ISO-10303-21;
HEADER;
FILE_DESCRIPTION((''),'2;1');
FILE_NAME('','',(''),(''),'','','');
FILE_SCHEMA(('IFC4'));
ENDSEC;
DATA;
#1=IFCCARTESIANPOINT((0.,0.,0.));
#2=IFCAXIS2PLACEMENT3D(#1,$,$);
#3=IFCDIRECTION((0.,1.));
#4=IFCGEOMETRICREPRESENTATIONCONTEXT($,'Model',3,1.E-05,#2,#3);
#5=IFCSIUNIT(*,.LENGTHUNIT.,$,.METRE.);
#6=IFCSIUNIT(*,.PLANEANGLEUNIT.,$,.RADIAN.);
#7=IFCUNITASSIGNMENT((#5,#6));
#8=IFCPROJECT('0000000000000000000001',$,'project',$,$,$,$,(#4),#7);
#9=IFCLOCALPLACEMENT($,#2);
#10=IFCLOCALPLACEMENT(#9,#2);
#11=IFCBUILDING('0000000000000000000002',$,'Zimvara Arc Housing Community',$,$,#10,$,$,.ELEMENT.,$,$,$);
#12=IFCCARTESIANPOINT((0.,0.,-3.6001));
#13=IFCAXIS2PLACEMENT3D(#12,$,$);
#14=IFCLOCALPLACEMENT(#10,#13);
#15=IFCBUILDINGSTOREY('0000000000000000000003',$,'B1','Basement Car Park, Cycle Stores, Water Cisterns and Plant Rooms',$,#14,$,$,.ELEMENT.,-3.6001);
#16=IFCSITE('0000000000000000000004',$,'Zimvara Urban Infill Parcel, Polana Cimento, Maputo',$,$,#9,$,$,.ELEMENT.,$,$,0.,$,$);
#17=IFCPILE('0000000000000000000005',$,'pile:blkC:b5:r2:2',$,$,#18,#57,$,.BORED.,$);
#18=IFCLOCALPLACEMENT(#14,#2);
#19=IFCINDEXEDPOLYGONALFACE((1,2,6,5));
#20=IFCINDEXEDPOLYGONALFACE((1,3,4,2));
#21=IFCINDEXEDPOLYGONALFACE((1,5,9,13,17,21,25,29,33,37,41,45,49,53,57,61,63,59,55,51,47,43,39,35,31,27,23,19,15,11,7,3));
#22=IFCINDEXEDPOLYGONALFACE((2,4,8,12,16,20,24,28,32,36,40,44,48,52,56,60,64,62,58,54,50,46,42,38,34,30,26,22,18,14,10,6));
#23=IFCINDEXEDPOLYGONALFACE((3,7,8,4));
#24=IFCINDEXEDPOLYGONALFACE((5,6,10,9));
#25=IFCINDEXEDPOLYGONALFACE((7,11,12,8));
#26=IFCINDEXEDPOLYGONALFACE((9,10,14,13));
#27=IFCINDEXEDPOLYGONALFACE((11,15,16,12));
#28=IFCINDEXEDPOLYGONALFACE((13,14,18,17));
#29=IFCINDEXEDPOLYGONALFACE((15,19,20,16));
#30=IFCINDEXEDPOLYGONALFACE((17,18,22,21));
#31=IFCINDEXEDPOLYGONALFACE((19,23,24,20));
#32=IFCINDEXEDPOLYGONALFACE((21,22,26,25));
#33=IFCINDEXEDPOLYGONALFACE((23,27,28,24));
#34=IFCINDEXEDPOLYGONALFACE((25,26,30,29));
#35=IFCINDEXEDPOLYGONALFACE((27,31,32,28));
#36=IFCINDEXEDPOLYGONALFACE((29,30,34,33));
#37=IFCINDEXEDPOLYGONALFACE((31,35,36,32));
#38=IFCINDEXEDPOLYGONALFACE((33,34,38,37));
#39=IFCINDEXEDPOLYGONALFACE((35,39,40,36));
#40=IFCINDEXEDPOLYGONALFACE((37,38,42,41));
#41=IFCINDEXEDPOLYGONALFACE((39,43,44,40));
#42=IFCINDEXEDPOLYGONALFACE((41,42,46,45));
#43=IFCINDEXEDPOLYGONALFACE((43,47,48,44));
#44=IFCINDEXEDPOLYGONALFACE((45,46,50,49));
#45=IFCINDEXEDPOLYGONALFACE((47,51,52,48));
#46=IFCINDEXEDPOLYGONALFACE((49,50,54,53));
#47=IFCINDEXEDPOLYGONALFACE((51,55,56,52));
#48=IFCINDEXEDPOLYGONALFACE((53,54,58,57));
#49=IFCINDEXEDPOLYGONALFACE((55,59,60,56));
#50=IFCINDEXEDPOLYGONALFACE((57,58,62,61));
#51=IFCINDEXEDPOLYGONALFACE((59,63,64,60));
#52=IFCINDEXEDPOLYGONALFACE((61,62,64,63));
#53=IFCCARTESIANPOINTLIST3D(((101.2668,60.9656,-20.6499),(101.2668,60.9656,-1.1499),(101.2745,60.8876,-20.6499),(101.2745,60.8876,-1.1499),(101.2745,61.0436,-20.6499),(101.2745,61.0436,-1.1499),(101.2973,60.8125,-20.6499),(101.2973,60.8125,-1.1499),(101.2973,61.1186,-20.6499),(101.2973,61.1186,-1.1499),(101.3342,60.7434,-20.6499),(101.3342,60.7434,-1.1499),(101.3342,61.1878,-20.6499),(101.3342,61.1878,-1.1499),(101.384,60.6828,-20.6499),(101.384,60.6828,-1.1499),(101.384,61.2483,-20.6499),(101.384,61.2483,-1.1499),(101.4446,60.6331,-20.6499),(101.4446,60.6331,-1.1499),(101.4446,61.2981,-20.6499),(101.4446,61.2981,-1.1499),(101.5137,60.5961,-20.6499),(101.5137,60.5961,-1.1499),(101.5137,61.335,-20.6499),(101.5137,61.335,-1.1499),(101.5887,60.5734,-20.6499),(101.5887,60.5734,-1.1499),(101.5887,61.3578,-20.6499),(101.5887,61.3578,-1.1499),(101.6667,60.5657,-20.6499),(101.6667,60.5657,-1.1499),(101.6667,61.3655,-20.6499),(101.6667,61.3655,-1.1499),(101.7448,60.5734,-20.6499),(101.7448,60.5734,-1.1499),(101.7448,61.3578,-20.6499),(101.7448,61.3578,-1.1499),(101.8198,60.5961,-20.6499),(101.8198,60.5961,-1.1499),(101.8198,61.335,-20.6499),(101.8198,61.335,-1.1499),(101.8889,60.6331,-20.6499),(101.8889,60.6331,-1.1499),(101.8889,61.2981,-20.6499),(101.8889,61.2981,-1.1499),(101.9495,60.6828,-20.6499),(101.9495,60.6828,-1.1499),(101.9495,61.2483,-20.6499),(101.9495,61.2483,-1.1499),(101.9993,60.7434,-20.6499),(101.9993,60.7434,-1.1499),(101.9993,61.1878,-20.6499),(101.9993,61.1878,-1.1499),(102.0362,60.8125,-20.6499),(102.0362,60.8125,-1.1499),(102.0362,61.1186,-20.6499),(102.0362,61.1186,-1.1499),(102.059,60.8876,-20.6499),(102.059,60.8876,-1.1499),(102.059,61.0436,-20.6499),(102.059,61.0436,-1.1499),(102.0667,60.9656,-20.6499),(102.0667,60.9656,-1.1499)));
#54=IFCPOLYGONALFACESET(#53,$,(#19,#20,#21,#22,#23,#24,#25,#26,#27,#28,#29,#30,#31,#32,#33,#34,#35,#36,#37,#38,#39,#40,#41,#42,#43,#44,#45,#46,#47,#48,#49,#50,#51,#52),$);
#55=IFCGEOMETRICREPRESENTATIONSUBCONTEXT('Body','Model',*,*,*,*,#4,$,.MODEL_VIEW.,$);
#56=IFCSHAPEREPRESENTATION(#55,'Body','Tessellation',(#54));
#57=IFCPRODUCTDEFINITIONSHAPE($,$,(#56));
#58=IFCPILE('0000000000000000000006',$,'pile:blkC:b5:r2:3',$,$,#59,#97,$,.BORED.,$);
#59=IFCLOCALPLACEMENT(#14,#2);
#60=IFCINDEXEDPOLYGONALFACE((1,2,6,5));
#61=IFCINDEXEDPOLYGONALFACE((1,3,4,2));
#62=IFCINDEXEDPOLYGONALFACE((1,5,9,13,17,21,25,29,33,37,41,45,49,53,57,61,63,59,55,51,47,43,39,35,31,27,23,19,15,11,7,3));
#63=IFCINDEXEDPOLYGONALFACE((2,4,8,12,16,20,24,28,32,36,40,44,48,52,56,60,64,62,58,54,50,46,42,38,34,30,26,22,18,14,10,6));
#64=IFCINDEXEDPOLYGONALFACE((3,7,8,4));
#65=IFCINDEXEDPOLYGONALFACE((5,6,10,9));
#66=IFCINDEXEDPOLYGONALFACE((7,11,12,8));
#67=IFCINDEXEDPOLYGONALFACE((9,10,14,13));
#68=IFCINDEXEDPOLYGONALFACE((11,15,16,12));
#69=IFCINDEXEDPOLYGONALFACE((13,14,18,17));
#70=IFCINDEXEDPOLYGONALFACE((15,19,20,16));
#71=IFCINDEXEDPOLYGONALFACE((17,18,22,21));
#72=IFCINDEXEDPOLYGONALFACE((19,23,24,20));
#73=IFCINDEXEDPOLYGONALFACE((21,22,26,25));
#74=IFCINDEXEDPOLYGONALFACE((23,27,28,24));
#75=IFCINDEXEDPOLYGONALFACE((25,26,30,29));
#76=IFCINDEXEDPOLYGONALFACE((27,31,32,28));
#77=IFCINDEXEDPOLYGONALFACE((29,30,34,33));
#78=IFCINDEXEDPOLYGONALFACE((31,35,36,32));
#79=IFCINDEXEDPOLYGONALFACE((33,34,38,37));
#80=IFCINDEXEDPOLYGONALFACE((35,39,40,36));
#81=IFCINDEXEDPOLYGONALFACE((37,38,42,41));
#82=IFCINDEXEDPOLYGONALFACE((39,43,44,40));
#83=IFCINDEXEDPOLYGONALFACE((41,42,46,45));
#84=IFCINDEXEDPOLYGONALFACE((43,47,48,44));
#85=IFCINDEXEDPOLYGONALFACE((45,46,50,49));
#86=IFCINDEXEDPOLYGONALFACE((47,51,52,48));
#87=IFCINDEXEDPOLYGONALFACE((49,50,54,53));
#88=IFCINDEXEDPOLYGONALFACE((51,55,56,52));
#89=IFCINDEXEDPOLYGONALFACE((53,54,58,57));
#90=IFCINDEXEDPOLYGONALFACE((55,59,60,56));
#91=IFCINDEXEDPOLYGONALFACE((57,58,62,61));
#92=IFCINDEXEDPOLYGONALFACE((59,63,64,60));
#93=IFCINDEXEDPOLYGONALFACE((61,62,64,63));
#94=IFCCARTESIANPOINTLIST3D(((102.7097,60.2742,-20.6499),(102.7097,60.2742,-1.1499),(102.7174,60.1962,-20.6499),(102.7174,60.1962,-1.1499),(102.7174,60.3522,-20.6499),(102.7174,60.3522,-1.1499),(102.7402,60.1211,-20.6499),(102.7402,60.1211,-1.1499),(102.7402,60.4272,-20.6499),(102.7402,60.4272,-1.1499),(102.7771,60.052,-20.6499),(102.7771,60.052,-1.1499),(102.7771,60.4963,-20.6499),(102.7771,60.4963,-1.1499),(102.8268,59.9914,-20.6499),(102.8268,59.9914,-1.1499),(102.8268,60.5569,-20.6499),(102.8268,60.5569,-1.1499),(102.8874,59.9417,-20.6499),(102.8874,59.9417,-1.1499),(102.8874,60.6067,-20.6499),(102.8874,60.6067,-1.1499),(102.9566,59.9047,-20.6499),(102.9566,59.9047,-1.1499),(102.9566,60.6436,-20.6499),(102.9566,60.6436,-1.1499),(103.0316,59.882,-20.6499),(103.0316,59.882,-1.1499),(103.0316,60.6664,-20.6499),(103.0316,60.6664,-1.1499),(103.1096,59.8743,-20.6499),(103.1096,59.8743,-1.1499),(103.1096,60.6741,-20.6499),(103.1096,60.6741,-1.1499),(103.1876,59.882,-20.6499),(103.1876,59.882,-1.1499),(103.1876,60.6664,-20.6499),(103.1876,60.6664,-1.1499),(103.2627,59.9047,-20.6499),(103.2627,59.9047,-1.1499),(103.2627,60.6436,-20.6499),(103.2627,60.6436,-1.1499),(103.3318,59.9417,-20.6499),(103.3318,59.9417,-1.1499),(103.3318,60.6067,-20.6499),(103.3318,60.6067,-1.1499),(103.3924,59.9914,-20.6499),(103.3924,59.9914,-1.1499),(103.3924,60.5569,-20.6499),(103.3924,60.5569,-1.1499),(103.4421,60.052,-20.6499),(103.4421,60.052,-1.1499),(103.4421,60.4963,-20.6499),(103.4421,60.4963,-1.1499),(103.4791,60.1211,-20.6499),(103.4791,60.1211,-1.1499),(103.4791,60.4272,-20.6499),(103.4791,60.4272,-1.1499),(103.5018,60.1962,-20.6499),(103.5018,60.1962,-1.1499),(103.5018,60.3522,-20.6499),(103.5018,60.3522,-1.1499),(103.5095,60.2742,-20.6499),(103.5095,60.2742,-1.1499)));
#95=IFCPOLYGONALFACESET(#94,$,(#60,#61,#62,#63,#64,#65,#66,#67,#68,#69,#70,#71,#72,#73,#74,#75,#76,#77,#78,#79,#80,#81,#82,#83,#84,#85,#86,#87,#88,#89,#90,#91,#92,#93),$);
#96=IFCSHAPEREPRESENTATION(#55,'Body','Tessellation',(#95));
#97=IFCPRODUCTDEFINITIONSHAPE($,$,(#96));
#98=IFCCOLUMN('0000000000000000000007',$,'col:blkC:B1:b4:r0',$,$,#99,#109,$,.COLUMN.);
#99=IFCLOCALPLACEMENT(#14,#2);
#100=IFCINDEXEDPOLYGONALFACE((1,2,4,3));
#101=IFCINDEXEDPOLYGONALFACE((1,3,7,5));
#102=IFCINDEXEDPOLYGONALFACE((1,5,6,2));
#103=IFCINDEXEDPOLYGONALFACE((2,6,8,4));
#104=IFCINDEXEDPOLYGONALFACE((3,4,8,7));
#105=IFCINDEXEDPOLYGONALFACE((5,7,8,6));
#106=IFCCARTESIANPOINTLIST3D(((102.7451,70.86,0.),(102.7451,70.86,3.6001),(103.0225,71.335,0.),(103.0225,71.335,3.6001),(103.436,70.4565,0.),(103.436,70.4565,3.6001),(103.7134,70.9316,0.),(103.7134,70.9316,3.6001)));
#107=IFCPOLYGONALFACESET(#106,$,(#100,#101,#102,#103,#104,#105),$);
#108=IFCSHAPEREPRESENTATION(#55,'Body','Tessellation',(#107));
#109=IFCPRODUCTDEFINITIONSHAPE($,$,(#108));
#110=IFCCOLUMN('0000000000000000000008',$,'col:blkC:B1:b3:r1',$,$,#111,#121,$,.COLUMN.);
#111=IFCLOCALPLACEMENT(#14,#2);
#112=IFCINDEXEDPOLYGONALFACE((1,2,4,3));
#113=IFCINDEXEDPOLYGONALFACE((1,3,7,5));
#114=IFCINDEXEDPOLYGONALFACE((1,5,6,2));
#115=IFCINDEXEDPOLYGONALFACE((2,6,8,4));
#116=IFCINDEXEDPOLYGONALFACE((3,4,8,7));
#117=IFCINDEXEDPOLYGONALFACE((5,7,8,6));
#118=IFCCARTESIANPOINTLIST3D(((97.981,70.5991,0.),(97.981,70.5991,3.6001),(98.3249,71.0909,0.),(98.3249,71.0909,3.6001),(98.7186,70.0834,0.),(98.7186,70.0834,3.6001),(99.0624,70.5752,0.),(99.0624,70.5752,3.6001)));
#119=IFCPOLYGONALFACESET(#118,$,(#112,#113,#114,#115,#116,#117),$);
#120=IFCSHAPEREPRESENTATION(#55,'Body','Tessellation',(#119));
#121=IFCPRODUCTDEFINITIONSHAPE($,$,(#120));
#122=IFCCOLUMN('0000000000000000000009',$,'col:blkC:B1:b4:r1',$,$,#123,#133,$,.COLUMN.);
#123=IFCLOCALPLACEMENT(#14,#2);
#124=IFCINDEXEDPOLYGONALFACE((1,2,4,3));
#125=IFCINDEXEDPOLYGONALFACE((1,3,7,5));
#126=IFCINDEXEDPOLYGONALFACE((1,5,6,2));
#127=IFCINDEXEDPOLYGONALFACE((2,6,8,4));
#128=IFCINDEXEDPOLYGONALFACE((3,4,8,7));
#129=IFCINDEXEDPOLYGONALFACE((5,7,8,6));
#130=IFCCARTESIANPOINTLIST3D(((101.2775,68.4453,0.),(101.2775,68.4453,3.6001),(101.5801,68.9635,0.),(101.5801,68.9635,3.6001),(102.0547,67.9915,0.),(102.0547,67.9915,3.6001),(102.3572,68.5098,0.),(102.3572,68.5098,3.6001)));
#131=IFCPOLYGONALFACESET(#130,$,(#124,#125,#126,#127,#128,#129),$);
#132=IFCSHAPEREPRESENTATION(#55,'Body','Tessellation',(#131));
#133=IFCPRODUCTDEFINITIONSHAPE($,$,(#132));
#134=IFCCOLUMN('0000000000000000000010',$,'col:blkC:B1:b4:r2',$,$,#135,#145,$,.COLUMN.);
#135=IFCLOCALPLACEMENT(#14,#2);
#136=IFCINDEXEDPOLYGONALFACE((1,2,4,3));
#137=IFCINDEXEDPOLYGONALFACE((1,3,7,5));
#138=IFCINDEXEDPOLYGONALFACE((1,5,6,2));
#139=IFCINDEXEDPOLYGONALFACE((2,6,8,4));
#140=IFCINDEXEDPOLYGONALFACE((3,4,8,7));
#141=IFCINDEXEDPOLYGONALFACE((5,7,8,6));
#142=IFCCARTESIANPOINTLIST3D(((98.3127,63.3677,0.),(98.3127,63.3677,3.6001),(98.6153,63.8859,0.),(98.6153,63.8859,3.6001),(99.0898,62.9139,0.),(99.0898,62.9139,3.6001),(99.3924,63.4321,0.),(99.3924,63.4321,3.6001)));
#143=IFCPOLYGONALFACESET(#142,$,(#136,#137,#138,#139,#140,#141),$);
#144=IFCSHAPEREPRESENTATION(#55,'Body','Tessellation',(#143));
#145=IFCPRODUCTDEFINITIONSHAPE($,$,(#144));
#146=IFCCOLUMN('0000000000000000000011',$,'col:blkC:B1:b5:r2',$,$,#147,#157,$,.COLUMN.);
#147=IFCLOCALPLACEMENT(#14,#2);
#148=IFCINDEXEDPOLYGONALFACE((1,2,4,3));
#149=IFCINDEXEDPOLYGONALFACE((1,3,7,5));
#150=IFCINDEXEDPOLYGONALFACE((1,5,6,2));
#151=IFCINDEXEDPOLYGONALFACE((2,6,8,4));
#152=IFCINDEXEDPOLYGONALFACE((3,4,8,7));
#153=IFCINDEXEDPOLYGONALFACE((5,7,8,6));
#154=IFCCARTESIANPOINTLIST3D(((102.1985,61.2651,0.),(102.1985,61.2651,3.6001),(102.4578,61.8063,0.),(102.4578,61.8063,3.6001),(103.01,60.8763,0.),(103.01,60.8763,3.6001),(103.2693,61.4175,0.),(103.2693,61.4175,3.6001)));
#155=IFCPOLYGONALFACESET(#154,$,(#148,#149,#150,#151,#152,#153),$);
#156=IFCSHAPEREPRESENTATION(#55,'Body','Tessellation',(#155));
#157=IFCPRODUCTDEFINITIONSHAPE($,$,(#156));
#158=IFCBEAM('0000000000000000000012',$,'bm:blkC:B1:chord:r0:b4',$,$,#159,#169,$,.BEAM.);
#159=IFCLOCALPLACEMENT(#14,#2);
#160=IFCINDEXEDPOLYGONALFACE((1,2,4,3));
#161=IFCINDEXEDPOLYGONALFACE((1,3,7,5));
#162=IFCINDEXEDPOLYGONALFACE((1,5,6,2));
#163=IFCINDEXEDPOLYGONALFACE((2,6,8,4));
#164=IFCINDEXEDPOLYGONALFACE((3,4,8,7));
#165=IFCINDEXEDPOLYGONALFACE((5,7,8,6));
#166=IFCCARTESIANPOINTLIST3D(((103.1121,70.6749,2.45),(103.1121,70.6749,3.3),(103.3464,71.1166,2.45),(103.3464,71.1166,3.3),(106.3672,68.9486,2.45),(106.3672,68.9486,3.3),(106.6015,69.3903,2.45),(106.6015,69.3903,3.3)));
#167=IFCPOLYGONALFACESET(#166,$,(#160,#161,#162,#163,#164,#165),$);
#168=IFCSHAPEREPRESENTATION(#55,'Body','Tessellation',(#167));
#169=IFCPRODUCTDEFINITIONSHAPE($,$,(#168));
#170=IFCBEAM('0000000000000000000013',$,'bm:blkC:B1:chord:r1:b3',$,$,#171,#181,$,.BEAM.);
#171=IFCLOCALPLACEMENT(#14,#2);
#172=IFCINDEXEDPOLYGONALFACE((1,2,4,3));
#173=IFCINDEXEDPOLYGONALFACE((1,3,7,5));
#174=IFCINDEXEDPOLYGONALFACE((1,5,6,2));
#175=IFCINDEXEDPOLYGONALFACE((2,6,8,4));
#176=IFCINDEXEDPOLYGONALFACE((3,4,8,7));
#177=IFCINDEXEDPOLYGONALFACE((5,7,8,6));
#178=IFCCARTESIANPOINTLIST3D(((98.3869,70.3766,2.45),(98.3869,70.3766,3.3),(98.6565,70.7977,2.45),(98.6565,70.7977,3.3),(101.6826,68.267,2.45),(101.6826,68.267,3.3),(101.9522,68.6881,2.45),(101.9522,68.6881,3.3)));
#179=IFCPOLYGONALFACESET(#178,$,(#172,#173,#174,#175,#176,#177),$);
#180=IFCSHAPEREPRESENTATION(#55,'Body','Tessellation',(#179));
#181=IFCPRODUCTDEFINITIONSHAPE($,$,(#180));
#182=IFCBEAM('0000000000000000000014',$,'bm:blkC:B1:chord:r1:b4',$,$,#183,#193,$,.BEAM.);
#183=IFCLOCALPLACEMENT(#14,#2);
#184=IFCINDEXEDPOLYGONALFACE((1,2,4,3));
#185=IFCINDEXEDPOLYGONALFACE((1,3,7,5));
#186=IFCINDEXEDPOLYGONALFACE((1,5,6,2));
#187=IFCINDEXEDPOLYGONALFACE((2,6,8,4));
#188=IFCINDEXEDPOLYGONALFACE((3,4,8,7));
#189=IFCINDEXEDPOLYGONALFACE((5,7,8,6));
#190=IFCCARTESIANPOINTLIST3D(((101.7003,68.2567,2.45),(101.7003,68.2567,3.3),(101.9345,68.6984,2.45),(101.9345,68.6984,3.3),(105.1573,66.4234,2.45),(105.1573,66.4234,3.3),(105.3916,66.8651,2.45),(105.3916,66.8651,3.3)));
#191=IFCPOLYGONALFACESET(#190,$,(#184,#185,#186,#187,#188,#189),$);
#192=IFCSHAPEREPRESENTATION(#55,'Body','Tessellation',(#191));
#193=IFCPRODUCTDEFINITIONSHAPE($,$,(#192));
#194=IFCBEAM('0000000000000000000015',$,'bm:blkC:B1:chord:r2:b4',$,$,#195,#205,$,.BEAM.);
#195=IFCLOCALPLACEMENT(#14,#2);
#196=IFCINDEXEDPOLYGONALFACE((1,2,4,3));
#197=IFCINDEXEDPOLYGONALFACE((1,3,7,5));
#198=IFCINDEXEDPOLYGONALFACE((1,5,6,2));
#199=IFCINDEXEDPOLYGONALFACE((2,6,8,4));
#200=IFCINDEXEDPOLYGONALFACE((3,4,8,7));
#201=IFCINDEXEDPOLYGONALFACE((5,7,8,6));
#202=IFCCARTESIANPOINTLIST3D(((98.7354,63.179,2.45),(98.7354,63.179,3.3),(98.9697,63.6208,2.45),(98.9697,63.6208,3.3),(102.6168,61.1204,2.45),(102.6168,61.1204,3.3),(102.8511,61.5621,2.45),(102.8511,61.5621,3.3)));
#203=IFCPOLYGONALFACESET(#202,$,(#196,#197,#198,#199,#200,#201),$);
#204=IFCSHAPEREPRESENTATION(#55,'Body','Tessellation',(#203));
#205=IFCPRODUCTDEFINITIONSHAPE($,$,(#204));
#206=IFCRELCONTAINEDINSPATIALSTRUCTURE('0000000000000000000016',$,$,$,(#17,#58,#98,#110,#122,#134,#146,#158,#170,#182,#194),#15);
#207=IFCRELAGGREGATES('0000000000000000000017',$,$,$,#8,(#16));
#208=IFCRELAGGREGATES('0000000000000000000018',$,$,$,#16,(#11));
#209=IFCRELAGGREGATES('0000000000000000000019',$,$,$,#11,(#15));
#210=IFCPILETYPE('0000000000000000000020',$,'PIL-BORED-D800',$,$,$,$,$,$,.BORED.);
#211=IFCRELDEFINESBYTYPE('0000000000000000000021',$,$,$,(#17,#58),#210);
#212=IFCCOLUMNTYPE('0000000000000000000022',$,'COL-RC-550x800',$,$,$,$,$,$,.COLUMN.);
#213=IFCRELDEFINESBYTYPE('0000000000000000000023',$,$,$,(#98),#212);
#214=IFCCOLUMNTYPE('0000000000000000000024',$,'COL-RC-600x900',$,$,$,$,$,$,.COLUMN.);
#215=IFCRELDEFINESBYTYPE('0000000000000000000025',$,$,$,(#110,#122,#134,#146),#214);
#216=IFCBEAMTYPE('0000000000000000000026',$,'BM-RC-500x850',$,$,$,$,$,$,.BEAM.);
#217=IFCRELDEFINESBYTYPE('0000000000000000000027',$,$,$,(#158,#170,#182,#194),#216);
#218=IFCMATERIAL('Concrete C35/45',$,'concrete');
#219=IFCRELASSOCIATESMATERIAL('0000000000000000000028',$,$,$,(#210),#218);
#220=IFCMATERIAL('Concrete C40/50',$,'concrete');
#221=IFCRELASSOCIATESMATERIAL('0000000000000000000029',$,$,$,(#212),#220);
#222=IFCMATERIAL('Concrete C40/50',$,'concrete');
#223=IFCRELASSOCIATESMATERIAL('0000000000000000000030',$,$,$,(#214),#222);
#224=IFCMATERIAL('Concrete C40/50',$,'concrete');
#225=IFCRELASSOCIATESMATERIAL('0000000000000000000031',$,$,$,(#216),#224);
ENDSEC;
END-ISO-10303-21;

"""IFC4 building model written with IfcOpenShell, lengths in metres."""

from ifc_helpers import new_model, si_unit, direction, frame, origin, origin_2d, place, context, subcontext, project, spatial, rectangle, circle, extrude, material, material_profile, profile_set, type_object, element, save


model = new_model("IFC4")

# Units and contexts
model_context = context("Model", 3, precision=1e-05, world=origin(), true_north=direction((0.0, 1.0)))
body_context = subcontext(model_context, "Body", "Model", "MODEL_VIEW")
ifc_project = project(units=[si_unit("LENGTHUNIT", "METRE"), si_unit("PLANEANGLEUNIT", "RADIAN")], contexts=[model_context])

# Site, building, storey
site_placement = place(None, origin())
site = spatial("IfcSite", under=ifc_project, at=site_placement, Name="Zimvara Urban Infill Parcel, Polana Cimento, Maputo", CompositionType="ELEMENT", RefElevation=0.0)
building_placement = place(site_placement, origin())
building = spatial("IfcBuilding", under=site, at=building_placement, Name="Zimvara Arc Housing Community", CompositionType="ELEMENT")
storey_placement = place(building_placement, frame((0.0, 0.0, -3.6001)))
storey = spatial("IfcBuildingStorey", under=building, at=storey_placement, Name="B1", Description="Basement Car Park, Cycle Stores, Water Cisterns and Plant Rooms", CompositionType="ELEMENT", Elevation=-3.6001)

# Piles
ifc_material_1 = material(Name="Concrete C35/45", Category="concrete")
ifc_material_profile_1 = material_profile(ifc_material_1, circle(Radius=0.3999, at=origin_2d()), Name="PILE D800")
ifc_profile_set_1 = profile_set([ifc_material_profile_1], Name="Concrete C35/45")
pile_type_1 = type_object("IfcPileType", Name="PIL-BORED-D800", PredefinedType="BORED", material=ifc_profile_set_1)
for number, where, z_axis, x_axis, name in (
    (1, (101.6667, 60.9656, -1.1499), (0.0, 0.0, -1.0), (1.0, 0.0, 0.0), "pile:blkC:b5:r2:2"),
    (2, (103.1096, 60.2742, -1.1499), (0.0, 0.0, -1.0), (1.0, 0.0, 0.0), "pile:blkC:b5:r2:3"),
):
    element("IfcPile", number, at=place(storey_placement, frame(where, z_axis=z_axis, x_axis=x_axis)), inside=storey, type_object=pile_type_1, Name=name, PredefinedType="BORED", context=body_context, shape_type="SweptSolid", body=[
        extrude(circle(Radius=0.3999, at=origin_2d()), origin(), (0.0, 0.0, 1.0), 19.5),
    ])

# Columns
ifc_material_2 = material(Name="Concrete C40/50", Category="concrete")
ifc_material_profile_2 = material_profile(ifc_material_2, rectangle(XDim=0.55, YDim=0.8, at=origin_2d()), Name="RC 550x800")
ifc_profile_set_2 = profile_set([ifc_material_profile_2], Name="Concrete C40/50")
column_type_1 = type_object("IfcColumnType", Name="COL-RC-550x800", PredefinedType="COLUMN", material=ifc_profile_set_2)
column_placement = place(storey_placement, frame((103.2292, 70.8958, 0.0), z_axis=(0.0, 0.0, 1.0), x_axis=(-0.504226, -0.863572, 0.0)))
element("IfcColumn", 3, at=column_placement, inside=storey, type_object=column_type_1, Name="col:blkC:B1:b4:r0", PredefinedType="COLUMN", context=body_context, shape_type="SweptSolid", body=[
    extrude(rectangle(XDim=0.55, YDim=0.8, at=origin_2d()), origin(), (0.0, 0.0, 1.0), 3.6001),
])
ifc_material_3 = material(Name="Concrete C40/50", Category="concrete")
ifc_material_profile_3 = material_profile(ifc_material_3, rectangle(XDim=0.6001, YDim=0.8999, at=origin_2d()), Name="RC 600x900")
ifc_profile_set_3 = profile_set([ifc_material_profile_3], Name="Concrete C40/50")
column_type_2 = type_object("IfcColumnType", Name="COL-RC-600x900", PredefinedType="COLUMN", material=ifc_profile_set_3)
for number, where, z_axis, x_axis, name in (
    (4, (98.5217, 70.5872, 0.0), (0.0, 0.0, 1.0), (-0.573004, -0.819552, 0.0), "col:blkC:B1:b3:r1"),
    (5, (101.8174, 68.4775, 0.0), (0.0, 0.0, 1.0), (-0.504226, -0.863572, 0.0), "col:blkC:B1:b4:r1"),
    (6, (98.8525, 63.3999, 0.0), (0.0, 0.0, 1.0), (-0.504226, -0.863572, 0.0), "col:blkC:B1:b4:r2"),
    (7, (102.7339, 61.3413, 0.0), (0.0, 0.0, 1.0), (-0.432086, -0.901833, 0.0), "col:blkC:B1:b5:r2"),
):
    element("IfcColumn", number, at=place(storey_placement, frame(where, z_axis=z_axis, x_axis=x_axis)), inside=storey, type_object=column_type_2, Name=name, PredefinedType="COLUMN", context=body_context, shape_type="SweptSolid", body=[
        extrude(rectangle(XDim=0.6001, YDim=0.8999, at=origin_2d()), origin(), (0.0, 0.0, 1.0), 3.6001),
    ])

# Beams
ifc_material_4 = material(Name="Concrete C40/50", Category="concrete")
ifc_material_profile_4 = material_profile(ifc_material_4, rectangle(XDim=0.5, YDim=0.8501, at=origin_2d()), Name="RC 500x850")
ifc_profile_set_4 = profile_set([ifc_material_profile_4], Name="Concrete C40/50")
beam_type = type_object("IfcBeamType", Name="BM-RC-500x850", PredefinedType="BEAM", material=ifc_profile_set_4)
beam_1_placement = place(storey_placement, frame((103.2292, 70.8958, 2.875), z_axis=(0.883449, -0.468527, 0.0), x_axis=(0.468527, 0.883449, 0.0)))
element("IfcBeam", 8, at=beam_1_placement, inside=storey, type_object=beam_type, Name="bm:blkC:B1:chord:r0:b4", PredefinedType="BEAM", context=body_context, shape_type="SweptSolid", body=[
    extrude(rectangle(XDim=0.5, YDim=0.8501, at=origin_2d()), origin(), (0.0, 0.0, 1.0), 3.6846),
])
for number, where, z_axis, x_axis, name in (
    (9, (98.5217, 70.5872, 2.875), (0.842225, -0.539126, 0.0), (0.539126, 0.842225, 0.0), "bm:blkC:B1:chord:r1:b3"),
    (10, (101.8174, 68.4775, 2.875), (0.883464, -0.468498, 0.0), (0.468498, 0.883464, 0.0), "bm:blkC:B1:chord:r1:b4"),
):
    element("IfcBeam", number, at=place(storey_placement, frame(where, z_axis=z_axis, x_axis=x_axis)), inside=storey, type_object=beam_type, Name=name, PredefinedType="BEAM", context=body_context, shape_type="SweptSolid", body=[
        extrude(rectangle(XDim=0.5, YDim=0.8501, at=origin_2d()), origin(), (0.0, 0.0, 1.0), 3.9131),
    ])
beam_2_placement = place(storey_placement, frame((98.8525, 63.3999, 2.875), z_axis=(0.883434, -0.468557, 0.0), x_axis=(0.468557, 0.883434, 0.0)))
element("IfcBeam", 11, at=beam_2_placement, inside=storey, type_object=beam_type, Name="bm:blkC:B1:chord:r2:b4", PredefinedType="BEAM", context=body_context, shape_type="SweptSolid", body=[
    extrude(rectangle(XDim=0.5, YDim=0.8501, at=origin_2d()), origin(), (0.0, 0.0, 1.0), 4.3936),
])

save(model, "model.ifc")
